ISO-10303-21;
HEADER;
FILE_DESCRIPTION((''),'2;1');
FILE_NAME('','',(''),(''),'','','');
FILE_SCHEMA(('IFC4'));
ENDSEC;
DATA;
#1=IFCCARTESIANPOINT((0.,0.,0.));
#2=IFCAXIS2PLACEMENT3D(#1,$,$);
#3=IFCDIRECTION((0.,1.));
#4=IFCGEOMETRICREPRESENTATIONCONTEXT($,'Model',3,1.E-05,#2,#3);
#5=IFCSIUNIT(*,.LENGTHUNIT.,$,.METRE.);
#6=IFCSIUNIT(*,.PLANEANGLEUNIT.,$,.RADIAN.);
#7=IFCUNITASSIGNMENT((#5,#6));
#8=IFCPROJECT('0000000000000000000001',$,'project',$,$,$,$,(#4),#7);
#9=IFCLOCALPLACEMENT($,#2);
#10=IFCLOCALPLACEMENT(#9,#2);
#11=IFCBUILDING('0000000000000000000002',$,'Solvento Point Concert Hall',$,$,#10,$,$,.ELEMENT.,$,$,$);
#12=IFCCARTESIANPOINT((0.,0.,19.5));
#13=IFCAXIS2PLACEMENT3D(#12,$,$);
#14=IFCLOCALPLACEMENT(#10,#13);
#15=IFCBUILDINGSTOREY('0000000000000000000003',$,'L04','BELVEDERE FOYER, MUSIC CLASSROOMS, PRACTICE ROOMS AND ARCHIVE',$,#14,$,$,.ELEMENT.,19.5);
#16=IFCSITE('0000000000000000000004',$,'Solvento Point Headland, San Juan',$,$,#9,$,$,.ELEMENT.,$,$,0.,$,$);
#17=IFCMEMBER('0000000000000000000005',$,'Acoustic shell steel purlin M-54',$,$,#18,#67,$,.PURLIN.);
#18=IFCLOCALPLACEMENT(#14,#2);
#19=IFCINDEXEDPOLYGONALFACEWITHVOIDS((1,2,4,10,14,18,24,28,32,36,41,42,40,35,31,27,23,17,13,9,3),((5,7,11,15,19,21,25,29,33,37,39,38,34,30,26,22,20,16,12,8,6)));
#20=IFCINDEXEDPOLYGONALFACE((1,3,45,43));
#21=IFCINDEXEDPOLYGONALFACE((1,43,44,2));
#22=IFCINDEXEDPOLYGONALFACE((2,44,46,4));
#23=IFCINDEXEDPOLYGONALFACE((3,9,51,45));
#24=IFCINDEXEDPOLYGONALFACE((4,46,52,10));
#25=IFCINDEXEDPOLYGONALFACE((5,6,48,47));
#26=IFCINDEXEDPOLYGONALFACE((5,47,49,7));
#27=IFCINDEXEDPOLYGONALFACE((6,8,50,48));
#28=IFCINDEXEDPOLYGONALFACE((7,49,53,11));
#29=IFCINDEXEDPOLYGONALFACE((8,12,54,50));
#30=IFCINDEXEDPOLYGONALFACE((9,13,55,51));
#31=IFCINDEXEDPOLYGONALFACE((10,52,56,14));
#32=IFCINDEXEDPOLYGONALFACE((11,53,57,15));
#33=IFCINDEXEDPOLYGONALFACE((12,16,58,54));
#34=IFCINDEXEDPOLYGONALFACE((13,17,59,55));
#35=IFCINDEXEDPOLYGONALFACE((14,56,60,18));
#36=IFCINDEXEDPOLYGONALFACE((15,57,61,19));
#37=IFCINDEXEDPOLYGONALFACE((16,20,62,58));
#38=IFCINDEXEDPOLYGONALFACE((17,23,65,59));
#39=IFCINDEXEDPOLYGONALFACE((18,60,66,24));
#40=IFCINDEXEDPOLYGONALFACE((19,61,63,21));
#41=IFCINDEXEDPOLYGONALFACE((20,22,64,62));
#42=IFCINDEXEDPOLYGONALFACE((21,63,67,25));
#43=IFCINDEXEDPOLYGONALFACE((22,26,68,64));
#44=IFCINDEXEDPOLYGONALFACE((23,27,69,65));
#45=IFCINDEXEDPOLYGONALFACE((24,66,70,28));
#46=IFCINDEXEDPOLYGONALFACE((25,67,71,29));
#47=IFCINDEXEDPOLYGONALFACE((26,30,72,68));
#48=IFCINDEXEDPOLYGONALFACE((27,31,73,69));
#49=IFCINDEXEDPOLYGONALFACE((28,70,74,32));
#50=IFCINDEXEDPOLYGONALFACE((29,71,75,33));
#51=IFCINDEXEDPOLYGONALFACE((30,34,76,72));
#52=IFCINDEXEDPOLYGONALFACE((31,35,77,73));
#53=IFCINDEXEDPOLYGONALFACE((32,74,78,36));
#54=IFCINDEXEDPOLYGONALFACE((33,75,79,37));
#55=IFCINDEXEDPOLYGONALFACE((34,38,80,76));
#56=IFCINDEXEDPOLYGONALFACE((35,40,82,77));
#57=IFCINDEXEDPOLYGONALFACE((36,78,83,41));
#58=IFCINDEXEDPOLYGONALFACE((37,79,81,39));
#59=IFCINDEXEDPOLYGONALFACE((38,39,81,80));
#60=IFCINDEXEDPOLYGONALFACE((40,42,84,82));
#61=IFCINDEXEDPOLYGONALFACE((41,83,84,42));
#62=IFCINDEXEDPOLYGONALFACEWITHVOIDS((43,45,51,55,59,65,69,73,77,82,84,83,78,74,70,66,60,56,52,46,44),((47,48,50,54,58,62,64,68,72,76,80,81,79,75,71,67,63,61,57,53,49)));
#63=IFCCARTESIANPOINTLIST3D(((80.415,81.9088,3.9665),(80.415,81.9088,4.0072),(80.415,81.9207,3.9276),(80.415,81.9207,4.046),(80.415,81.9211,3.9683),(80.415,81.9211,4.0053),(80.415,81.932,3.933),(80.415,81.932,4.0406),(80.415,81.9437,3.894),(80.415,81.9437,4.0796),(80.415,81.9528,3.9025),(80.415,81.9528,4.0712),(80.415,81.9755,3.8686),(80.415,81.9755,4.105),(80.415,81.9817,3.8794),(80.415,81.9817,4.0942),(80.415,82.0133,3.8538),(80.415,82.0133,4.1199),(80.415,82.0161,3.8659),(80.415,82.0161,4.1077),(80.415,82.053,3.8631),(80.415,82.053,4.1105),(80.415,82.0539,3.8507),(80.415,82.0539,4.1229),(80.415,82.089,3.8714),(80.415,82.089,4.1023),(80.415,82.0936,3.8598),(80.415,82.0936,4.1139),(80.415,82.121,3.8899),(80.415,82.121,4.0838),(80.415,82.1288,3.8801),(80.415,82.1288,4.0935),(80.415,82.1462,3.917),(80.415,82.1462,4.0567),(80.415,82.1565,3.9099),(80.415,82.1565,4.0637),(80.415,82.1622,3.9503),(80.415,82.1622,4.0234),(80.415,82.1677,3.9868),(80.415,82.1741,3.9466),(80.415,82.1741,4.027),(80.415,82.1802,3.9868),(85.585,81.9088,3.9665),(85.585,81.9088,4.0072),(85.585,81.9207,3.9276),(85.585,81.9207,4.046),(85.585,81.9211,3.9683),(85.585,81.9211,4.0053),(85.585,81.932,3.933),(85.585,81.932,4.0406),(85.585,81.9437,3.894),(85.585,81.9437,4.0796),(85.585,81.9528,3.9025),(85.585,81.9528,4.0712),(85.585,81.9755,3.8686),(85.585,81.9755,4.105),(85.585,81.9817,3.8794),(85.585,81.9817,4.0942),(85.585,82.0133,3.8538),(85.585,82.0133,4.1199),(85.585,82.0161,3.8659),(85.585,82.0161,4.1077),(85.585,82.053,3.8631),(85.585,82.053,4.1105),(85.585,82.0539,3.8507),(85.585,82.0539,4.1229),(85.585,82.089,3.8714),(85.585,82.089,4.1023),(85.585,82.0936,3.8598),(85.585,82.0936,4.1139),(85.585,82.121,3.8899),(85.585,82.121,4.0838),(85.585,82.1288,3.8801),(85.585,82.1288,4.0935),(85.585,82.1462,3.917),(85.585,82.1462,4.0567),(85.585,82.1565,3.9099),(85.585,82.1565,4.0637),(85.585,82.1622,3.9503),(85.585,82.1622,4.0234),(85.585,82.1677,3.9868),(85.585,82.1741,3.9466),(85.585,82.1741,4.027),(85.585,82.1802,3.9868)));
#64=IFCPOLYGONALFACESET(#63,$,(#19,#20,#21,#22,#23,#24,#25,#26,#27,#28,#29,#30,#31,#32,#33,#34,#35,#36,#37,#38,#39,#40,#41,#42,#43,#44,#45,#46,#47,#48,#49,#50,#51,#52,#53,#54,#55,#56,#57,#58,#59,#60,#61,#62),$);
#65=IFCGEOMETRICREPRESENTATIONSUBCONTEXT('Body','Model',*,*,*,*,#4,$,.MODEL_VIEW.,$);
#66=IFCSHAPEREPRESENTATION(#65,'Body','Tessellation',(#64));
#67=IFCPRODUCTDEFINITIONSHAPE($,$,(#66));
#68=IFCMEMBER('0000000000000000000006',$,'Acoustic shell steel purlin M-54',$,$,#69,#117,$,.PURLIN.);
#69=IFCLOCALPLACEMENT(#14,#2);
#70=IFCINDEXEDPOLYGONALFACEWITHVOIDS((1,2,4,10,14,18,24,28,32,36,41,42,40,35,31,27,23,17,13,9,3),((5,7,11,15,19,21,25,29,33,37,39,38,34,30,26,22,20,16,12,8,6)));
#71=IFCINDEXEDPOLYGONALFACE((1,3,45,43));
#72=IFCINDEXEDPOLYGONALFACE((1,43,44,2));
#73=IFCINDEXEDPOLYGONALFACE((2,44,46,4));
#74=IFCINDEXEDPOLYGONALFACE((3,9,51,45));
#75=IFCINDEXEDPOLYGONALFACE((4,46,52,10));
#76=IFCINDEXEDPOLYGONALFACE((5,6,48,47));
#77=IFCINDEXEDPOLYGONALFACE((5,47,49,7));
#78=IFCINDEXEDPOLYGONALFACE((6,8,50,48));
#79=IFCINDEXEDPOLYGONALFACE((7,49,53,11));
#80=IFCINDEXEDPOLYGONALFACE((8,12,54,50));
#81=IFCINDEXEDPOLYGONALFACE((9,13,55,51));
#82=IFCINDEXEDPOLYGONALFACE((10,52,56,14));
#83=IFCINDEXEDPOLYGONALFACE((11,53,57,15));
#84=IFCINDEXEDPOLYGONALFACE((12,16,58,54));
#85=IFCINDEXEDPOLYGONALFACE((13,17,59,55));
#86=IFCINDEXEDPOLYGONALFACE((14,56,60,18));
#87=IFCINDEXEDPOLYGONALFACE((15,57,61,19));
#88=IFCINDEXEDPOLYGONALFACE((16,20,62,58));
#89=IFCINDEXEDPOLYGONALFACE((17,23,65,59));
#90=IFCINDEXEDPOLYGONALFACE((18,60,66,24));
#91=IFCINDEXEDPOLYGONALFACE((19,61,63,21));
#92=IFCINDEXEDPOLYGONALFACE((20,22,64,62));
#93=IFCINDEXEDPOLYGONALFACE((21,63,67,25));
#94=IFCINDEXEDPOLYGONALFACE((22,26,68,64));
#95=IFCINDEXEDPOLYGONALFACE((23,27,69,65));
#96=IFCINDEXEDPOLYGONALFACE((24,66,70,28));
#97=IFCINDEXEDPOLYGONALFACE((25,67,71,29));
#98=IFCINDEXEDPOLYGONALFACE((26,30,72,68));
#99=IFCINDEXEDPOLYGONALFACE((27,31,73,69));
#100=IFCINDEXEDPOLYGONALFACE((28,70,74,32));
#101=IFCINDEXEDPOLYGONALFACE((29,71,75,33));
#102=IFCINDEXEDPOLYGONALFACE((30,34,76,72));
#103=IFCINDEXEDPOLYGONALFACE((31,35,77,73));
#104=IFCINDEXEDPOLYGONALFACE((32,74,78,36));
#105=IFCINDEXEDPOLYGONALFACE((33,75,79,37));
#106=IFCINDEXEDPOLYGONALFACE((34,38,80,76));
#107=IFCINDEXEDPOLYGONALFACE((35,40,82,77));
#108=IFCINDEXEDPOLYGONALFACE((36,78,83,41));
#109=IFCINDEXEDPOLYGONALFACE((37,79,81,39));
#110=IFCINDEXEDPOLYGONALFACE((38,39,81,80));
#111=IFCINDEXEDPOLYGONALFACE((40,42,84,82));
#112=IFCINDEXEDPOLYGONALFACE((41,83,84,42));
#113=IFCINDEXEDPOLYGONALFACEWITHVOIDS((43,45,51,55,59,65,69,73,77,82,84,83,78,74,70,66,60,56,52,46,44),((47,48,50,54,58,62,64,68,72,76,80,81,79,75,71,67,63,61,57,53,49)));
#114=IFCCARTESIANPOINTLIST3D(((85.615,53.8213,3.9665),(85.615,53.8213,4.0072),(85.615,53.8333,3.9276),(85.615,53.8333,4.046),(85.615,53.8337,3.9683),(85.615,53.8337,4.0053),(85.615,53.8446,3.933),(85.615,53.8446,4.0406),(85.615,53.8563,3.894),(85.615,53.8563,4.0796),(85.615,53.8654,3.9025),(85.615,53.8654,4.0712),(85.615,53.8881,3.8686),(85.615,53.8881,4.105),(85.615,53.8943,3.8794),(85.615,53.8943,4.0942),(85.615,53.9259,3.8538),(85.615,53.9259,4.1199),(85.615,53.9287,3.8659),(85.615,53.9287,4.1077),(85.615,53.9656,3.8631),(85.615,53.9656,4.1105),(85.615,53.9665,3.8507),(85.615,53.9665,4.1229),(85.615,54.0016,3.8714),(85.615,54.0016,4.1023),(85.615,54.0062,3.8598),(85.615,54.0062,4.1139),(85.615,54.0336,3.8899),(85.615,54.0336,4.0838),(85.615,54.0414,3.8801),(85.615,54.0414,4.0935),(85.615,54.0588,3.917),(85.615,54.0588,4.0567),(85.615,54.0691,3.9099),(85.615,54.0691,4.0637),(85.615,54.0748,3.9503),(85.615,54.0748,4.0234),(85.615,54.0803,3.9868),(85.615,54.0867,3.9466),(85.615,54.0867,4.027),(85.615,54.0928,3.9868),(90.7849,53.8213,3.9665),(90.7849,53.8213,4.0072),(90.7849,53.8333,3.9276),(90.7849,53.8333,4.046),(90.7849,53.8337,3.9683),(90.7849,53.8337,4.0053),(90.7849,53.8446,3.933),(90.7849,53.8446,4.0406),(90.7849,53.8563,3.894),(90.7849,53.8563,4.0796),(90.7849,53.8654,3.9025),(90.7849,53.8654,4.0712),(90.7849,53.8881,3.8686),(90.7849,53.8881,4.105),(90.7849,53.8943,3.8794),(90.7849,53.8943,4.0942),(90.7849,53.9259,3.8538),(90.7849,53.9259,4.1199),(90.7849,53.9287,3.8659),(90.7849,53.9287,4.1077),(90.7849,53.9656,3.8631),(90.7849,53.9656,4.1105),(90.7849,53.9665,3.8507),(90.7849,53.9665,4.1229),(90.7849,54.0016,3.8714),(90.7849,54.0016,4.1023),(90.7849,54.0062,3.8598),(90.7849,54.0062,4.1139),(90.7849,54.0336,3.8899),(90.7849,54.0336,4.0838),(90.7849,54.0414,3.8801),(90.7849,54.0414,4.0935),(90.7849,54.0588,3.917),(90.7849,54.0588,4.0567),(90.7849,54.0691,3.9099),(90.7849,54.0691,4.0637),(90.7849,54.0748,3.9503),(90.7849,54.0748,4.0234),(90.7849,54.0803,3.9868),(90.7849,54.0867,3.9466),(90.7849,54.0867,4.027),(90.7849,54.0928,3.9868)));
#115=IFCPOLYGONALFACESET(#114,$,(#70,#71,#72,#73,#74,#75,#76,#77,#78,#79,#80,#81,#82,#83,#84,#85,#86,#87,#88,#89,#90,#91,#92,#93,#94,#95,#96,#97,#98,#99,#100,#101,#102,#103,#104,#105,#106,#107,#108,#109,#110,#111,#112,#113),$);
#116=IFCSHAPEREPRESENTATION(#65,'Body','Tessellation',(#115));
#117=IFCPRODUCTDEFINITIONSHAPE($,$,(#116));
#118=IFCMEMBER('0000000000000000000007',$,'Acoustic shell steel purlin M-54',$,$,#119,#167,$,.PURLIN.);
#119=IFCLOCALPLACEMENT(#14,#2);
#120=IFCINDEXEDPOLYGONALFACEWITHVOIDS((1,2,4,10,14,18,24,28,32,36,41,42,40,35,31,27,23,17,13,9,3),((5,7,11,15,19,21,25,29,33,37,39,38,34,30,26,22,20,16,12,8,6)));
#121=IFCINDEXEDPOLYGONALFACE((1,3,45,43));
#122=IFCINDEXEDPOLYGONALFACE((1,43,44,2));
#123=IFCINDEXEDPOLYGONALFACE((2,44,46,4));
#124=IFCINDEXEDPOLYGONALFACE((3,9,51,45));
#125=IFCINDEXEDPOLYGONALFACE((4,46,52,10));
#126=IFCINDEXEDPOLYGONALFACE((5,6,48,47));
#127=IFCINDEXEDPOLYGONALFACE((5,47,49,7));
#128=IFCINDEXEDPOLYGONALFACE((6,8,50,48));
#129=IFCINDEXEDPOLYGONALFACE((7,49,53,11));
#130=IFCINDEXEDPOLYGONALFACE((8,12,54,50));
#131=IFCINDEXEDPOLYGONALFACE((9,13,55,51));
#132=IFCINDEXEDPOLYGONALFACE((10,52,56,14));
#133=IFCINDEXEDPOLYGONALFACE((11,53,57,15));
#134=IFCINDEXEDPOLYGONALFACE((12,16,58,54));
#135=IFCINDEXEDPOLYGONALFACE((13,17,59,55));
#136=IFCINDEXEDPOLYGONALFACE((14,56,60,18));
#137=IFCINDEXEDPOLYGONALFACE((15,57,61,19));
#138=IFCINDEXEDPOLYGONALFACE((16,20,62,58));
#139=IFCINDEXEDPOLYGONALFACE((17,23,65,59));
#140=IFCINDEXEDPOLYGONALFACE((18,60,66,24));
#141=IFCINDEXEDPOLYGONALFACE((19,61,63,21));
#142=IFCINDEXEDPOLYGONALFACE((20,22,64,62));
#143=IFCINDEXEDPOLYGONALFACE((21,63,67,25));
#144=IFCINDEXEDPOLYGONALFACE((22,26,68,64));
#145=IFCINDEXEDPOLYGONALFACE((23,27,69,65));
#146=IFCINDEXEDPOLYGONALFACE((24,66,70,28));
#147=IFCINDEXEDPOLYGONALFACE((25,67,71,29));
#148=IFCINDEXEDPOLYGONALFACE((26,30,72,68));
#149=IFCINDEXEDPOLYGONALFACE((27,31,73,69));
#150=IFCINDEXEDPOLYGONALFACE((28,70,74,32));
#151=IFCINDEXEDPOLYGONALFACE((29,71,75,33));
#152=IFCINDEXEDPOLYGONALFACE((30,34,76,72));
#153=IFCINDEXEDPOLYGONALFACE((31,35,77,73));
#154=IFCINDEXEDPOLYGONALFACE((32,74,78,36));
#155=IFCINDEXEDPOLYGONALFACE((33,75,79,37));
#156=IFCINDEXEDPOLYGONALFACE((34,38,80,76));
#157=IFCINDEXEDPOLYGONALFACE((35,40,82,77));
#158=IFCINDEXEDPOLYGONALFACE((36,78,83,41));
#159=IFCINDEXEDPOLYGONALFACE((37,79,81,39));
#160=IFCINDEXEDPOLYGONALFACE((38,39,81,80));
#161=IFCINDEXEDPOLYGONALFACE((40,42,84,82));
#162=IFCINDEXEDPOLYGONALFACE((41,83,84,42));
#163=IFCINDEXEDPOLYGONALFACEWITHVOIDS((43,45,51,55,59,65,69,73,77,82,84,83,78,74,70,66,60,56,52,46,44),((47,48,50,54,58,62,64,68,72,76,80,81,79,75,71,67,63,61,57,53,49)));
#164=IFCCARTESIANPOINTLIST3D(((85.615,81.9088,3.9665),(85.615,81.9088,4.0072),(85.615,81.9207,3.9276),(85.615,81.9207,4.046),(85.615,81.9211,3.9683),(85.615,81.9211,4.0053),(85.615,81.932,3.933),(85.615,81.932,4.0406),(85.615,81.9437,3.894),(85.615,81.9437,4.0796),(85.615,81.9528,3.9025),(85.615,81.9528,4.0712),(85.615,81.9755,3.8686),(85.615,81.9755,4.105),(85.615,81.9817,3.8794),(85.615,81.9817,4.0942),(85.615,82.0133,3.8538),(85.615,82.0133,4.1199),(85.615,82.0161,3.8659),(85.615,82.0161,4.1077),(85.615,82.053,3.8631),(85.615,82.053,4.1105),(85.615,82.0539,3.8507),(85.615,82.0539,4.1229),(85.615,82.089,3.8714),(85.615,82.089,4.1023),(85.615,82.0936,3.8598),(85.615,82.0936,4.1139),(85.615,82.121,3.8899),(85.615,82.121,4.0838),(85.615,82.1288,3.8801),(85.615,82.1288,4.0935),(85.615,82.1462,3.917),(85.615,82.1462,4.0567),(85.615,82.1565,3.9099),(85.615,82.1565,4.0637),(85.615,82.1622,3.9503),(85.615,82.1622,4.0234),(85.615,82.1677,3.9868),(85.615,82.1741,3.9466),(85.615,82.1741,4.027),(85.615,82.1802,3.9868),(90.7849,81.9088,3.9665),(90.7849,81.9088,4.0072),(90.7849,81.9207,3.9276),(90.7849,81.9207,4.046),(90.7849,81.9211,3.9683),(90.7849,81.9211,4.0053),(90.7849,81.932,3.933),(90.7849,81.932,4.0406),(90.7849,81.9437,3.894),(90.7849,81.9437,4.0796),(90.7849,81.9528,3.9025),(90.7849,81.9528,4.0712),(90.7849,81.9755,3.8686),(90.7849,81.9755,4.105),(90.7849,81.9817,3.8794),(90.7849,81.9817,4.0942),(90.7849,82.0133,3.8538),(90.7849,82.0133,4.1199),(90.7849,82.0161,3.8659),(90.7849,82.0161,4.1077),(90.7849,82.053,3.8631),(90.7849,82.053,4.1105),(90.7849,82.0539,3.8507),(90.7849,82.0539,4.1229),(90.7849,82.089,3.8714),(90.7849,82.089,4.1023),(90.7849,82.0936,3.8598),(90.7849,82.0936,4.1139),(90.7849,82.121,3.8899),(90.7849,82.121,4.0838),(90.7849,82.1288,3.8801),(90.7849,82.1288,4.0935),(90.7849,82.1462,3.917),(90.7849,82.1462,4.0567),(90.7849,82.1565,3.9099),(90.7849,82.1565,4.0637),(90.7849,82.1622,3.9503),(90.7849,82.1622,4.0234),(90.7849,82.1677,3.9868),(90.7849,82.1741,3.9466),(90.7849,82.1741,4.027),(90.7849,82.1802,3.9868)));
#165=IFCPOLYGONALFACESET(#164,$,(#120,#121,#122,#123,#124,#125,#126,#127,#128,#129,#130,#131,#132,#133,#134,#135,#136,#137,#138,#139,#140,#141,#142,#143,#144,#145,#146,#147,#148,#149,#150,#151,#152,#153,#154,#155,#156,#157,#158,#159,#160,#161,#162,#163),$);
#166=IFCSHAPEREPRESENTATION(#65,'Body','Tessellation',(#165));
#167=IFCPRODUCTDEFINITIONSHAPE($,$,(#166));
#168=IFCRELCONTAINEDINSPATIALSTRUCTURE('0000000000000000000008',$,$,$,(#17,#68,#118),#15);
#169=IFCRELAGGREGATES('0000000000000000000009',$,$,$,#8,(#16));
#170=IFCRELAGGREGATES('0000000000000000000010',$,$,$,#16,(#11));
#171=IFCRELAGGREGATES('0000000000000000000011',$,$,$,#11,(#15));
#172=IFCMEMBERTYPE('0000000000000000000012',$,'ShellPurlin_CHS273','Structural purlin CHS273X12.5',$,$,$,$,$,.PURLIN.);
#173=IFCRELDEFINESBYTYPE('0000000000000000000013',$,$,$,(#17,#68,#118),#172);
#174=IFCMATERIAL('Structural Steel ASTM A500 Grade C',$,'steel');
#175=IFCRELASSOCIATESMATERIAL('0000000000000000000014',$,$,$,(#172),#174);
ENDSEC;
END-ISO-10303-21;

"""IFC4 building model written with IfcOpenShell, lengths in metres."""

from ifc_helpers import new_model, si_unit, direction, frame, origin, origin_2d, place, context, subcontext, project, spatial, hollow_circle, extrude, material, material_profile, profile_set, type_object, element, save


model = new_model("IFC4")

# Units and contexts
model_context = context("Model", 3, precision=1e-05, world=origin(), true_north=direction((0.0, 1.0)))
body_context = subcontext(model_context, "Body", "Model", "MODEL_VIEW")
ifc_project = project(units=[si_unit("LENGTHUNIT", "METRE"), si_unit("PLANEANGLEUNIT", "RADIAN")], contexts=[model_context])

# Site, building, storey
site_placement = place(None, origin())
site = spatial("IfcSite", under=ifc_project, at=site_placement, Name="Solvento Point Headland, San Juan", CompositionType="ELEMENT", RefElevation=0.0)
building_placement = place(site_placement, origin())
building = spatial("IfcBuilding", under=site, at=building_placement, Name="Solvento Point Concert Hall", CompositionType="ELEMENT")
storey_placement = place(building_placement, frame((0.0, 0.0, 19.5)))
storey = spatial("IfcBuildingStorey", under=building, at=storey_placement, Name="L04", Description="BELVEDERE FOYER, MUSIC CLASSROOMS, PRACTICE ROOMS AND ARCHIVE", CompositionType="ELEMENT", Elevation=19.5)

# Members
ifc_material_1 = material(Name="Structural Steel ASTM A500 Grade C", Category="steel")
ifc_material_profile_1 = material_profile(ifc_material_1, hollow_circle(Radius=0.1365, WallThickness=0.0125, at=origin_2d()), Name="CHS273X12.5")
ifc_profile_set_1 = profile_set([ifc_material_profile_1], Name="Structural Steel ASTM A500 Grade C")
member_type_1 = type_object("IfcMemberType", Name="ShellPurlin_CHS273", Description="Structural purlin CHS273X12.5", PredefinedType="PURLIN", material=ifc_profile_set_1)
for number, where, z_axis, x_axis, name in (
    (1, (80.415, 82.0437, 3.9868), (1.0, 0.0, 0.0), (0.0, 1.0, 0.0), "Acoustic shell steel purlin M-54"),
    (2, (85.615, 53.9563, 3.9868), (1.0, 0.0, 0.0), (0.0, 1.0, 0.0), "Acoustic shell steel purlin M-54"),
    (3, (85.615, 82.0437, 3.9868), (1.0, 0.0, 0.0), (0.0, 1.0, 0.0), "Acoustic shell steel purlin M-54"),
):
    element("IfcMember", number, at=place(storey_placement, frame(where, z_axis=z_axis, x_axis=x_axis)), inside=storey, type_object=member_type_1, Name=name, PredefinedType="PURLIN", context=body_context, shape_type="SweptSolid", body=[
        extrude(hollow_circle(Radius=0.1365, WallThickness=0.0125, at=origin_2d()), origin(), (0.0, 0.0, 1.0), 5.1699),
    ])

save(model, "model.ifc")
